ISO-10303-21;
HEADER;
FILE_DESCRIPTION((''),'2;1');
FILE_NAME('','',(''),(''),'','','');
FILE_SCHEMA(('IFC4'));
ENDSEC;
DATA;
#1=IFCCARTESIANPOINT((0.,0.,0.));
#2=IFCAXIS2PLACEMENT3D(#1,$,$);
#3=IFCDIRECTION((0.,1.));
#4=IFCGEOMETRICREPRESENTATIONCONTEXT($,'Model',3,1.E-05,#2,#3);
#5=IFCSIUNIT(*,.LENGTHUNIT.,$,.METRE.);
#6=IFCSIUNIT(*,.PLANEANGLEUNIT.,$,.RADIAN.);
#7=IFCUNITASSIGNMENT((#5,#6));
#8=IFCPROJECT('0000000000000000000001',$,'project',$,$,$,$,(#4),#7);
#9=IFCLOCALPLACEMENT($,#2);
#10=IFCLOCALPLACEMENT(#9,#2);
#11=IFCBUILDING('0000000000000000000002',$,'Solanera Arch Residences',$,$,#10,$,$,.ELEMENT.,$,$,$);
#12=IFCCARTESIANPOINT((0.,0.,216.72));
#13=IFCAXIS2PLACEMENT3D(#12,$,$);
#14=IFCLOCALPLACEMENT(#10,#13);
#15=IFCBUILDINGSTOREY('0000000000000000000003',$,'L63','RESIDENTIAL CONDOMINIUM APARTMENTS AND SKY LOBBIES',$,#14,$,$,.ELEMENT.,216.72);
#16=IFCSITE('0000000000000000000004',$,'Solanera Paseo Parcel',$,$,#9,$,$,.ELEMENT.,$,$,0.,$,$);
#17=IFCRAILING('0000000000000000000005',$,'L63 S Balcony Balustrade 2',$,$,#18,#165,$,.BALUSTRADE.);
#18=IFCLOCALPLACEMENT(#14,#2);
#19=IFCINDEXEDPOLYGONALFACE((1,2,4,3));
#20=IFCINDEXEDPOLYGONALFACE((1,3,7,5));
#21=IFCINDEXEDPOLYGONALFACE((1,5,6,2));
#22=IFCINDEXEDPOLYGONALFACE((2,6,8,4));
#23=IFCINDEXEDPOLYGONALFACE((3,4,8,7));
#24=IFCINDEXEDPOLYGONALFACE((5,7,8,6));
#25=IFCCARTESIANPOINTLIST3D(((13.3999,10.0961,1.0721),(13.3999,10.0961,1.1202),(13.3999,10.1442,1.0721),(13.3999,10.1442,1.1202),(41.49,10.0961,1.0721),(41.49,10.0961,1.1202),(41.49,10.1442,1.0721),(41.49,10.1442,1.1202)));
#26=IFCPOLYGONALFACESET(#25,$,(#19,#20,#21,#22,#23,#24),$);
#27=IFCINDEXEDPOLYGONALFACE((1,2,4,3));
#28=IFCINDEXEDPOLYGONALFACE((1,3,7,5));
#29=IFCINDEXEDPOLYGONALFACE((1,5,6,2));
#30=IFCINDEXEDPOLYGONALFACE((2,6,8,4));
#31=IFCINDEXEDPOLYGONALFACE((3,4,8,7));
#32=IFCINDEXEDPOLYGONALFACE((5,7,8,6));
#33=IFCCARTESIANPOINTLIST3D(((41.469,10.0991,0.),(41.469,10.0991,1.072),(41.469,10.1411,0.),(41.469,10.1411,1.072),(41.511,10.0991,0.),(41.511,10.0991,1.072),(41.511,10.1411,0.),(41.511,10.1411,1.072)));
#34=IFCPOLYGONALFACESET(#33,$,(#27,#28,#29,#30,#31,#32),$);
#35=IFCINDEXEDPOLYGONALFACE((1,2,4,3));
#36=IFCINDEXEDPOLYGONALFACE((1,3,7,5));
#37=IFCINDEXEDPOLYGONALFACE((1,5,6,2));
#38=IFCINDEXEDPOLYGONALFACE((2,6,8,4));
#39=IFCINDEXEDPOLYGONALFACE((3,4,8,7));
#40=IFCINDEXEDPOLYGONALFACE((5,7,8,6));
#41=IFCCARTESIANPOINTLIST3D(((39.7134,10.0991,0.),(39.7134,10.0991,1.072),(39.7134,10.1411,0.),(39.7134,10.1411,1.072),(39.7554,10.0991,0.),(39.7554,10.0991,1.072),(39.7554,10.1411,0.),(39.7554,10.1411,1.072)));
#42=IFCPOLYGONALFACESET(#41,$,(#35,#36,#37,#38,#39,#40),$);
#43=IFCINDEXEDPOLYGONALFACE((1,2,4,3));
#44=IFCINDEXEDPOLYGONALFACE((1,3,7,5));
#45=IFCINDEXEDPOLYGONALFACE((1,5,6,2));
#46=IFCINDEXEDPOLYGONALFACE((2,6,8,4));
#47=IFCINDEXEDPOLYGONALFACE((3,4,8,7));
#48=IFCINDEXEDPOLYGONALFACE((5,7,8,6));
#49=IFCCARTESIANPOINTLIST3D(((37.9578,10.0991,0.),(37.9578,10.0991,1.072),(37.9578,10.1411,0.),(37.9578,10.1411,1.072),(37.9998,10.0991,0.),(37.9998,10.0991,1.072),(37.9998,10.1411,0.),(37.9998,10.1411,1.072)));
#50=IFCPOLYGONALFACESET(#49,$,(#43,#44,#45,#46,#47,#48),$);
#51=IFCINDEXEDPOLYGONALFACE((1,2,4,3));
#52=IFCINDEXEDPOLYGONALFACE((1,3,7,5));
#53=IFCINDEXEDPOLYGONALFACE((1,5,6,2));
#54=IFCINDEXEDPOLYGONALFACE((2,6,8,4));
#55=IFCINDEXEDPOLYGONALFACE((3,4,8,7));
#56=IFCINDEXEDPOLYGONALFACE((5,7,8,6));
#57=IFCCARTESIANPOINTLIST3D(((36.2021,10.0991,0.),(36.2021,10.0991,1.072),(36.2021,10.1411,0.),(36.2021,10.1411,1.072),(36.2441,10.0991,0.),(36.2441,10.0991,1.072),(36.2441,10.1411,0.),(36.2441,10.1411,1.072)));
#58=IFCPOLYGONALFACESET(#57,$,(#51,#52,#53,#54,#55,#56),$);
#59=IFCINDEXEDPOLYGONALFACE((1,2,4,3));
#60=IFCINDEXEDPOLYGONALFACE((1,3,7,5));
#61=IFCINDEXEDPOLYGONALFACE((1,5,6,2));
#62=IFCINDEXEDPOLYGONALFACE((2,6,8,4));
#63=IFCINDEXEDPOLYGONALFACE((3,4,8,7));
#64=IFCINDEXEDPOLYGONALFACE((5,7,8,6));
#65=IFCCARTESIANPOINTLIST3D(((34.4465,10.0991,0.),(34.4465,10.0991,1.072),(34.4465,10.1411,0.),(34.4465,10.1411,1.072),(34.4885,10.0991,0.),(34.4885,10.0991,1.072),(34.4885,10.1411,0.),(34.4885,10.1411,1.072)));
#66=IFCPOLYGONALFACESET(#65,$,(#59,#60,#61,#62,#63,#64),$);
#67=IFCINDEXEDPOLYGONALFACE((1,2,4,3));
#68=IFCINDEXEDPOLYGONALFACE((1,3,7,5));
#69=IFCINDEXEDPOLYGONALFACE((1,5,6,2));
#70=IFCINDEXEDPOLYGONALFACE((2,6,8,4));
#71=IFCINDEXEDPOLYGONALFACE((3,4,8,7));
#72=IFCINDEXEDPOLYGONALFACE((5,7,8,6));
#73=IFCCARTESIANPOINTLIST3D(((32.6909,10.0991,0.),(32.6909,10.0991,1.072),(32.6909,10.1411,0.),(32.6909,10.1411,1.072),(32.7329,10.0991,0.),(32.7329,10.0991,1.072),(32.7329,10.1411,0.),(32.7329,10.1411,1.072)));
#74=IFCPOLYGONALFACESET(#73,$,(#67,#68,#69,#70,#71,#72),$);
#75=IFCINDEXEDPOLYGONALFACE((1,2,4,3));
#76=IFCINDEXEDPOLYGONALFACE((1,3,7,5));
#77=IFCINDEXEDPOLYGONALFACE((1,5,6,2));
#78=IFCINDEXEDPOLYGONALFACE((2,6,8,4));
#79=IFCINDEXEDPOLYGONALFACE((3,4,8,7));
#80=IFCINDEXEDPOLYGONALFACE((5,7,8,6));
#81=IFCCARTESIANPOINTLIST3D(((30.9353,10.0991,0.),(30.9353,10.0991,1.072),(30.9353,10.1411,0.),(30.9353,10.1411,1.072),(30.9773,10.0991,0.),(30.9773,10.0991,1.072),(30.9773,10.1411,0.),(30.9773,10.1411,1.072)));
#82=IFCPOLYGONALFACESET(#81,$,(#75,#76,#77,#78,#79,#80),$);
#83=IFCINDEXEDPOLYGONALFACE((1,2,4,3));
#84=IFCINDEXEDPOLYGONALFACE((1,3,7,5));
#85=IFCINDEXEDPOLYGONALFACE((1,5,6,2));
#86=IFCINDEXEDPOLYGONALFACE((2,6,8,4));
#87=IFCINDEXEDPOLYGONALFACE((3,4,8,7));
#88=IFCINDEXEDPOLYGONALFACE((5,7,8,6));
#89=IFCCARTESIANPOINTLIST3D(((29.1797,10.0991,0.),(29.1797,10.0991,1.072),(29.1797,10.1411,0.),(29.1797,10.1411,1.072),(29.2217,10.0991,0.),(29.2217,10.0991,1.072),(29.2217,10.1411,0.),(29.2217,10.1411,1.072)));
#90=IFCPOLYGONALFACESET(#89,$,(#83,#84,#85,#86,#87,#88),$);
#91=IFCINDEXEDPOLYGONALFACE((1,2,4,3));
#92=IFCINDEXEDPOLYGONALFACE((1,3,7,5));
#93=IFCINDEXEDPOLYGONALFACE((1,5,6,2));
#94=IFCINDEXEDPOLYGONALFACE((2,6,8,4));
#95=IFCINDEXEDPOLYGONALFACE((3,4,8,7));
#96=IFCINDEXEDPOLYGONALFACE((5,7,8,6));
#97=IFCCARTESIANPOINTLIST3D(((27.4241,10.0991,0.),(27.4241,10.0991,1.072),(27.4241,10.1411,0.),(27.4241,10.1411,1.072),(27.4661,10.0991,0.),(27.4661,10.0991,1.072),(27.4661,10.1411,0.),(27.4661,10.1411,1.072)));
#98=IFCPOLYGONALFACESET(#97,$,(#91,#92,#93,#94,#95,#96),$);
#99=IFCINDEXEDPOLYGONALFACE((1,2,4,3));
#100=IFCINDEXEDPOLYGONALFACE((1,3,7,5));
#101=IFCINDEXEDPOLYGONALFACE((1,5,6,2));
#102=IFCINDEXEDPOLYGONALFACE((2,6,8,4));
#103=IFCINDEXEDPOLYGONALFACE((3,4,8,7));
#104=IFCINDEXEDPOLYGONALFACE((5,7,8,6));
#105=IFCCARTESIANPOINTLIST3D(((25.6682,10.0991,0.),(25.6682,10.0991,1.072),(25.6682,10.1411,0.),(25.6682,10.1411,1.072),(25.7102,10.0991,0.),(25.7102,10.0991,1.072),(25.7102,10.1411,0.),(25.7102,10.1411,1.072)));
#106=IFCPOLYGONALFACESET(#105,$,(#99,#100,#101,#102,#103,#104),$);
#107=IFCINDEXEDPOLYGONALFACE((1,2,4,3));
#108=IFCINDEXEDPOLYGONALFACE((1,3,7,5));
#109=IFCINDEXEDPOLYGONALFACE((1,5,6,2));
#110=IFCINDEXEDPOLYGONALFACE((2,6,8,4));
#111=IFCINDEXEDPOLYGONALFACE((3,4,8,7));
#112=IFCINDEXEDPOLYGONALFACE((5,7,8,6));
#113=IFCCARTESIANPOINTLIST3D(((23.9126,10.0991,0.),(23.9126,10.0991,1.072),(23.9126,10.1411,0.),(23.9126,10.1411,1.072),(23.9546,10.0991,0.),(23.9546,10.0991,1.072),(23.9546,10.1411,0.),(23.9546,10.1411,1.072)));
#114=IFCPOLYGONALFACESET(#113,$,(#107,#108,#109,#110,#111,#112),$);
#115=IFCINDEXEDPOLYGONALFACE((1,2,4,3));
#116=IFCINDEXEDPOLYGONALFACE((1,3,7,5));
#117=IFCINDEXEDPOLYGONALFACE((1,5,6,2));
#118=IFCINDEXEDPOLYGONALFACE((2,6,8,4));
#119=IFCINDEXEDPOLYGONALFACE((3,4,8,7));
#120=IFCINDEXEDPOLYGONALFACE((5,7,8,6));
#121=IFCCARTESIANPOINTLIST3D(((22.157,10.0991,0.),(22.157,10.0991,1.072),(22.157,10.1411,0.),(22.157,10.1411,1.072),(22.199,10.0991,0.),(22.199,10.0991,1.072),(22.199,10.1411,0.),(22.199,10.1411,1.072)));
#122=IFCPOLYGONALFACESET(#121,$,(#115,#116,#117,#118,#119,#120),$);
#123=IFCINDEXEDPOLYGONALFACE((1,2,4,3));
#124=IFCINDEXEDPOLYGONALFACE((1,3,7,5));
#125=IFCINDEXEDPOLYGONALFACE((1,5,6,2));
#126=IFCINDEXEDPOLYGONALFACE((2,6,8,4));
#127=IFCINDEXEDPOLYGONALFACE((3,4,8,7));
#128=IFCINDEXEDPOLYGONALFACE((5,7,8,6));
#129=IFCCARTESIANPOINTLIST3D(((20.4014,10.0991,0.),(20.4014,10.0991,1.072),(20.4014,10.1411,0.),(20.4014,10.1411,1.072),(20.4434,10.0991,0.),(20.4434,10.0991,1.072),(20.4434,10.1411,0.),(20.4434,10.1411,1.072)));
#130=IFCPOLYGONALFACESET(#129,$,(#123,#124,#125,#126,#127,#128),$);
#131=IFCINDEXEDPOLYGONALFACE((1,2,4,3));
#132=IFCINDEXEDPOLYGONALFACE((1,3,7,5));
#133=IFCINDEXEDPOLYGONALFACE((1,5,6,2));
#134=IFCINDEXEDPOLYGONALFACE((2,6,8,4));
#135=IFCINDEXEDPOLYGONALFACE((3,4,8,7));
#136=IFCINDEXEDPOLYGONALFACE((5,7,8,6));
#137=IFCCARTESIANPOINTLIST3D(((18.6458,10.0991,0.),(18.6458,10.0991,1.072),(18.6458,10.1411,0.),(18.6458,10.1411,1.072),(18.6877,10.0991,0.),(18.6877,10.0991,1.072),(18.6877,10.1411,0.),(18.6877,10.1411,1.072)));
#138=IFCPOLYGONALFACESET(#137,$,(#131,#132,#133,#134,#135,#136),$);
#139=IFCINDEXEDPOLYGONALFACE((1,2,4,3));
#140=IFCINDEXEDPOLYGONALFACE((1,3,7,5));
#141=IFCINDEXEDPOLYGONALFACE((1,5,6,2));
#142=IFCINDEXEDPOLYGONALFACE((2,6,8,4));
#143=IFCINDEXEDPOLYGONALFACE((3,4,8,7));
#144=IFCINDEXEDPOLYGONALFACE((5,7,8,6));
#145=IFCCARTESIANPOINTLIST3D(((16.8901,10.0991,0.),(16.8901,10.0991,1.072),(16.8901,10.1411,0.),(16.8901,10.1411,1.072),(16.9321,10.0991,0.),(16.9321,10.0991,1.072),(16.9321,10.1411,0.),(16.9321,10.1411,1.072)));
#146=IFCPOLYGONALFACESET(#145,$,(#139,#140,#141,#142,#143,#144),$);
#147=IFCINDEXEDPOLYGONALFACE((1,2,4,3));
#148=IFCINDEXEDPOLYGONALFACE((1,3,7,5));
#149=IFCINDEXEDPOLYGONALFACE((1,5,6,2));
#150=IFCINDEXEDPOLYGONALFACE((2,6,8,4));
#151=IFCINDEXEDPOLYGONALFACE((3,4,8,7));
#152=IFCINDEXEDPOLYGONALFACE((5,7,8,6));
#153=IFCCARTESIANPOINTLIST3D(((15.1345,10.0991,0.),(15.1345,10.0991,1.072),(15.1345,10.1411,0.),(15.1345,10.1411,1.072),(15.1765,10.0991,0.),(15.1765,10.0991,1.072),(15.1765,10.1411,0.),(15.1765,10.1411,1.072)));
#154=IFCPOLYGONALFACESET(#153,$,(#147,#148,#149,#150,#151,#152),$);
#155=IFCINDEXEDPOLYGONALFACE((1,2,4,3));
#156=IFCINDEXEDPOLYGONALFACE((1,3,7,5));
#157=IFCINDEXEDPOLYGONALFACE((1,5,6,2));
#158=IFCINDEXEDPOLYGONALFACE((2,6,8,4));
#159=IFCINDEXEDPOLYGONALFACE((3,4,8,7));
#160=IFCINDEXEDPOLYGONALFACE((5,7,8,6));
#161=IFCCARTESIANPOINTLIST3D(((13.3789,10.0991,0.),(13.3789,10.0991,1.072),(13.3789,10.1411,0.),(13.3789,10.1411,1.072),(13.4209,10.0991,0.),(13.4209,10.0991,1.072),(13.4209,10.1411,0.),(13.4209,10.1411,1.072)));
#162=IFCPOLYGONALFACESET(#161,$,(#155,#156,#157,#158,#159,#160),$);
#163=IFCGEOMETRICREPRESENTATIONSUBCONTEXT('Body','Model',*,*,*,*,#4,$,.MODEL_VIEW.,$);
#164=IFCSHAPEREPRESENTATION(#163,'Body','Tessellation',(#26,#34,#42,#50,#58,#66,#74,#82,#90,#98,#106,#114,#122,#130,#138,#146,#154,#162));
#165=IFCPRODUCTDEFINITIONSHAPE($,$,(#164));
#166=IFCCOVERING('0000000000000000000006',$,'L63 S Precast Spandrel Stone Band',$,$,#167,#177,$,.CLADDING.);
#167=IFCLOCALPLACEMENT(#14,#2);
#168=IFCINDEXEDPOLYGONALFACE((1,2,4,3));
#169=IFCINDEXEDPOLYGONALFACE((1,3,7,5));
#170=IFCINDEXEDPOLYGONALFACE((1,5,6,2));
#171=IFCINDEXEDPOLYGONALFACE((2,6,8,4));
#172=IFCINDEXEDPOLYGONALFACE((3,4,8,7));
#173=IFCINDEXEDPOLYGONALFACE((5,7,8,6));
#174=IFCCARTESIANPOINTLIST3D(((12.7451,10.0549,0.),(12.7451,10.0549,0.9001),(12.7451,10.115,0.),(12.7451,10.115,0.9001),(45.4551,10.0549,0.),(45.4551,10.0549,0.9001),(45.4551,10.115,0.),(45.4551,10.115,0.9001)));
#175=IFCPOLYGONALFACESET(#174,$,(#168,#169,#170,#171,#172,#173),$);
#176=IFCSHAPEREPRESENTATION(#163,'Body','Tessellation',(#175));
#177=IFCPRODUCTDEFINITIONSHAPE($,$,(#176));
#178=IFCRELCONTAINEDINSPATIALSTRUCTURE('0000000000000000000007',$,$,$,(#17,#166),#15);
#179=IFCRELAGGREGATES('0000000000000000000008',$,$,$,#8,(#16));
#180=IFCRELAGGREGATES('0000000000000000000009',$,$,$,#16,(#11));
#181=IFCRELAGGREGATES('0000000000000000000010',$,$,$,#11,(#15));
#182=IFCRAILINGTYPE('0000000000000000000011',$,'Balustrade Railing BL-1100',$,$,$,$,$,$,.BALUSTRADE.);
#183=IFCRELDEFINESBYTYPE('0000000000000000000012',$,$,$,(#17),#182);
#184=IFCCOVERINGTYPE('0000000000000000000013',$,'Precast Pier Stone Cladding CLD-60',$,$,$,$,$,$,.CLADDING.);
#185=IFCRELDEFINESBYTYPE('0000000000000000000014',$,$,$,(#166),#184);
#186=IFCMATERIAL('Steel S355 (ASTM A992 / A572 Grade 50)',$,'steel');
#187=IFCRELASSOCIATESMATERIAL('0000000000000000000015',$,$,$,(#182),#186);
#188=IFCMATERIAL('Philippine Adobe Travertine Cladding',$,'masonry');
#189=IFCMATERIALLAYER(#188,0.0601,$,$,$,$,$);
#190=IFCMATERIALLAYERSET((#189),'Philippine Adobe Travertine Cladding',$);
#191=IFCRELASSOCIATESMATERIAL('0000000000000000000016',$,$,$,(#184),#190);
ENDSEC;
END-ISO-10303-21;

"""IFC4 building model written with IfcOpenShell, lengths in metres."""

from ifc_helpers import new_model, si_unit, direction, frame, frame_2d, origin, origin_2d, place, context, subcontext, project, spatial, rectangle, extrude, material, layer, layer_set, type_object, element, save


model = new_model("IFC4")

# Units and contexts
model_context = context("Model", 3, precision=1e-05, world=origin(), true_north=direction((0.0, 1.0)))
body_context = subcontext(model_context, "Body", "Model", "MODEL_VIEW")
ifc_project = project(units=[si_unit("LENGTHUNIT", "METRE"), si_unit("PLANEANGLEUNIT", "RADIAN")], contexts=[model_context])

# Site, building, storey
site_placement = place(None, origin())
site = spatial("IfcSite", under=ifc_project, at=site_placement, Name="Solanera Paseo Parcel", CompositionType="ELEMENT", RefElevation=0.0)
building_placement = place(site_placement, origin())
building = spatial("IfcBuilding", under=site, at=building_placement, Name="Solanera Arch Residences", CompositionType="ELEMENT")
storey_placement = place(building_placement, frame((0.0, 0.0, 216.72)))
storey = spatial("IfcBuildingStorey", under=building, at=storey_placement, Name="L63", Description="RESIDENTIAL CONDOMINIUM APARTMENTS AND SKY LOBBIES", CompositionType="ELEMENT", Elevation=216.72)

# Railing
ifc_material_1 = material(Name="Steel S355 (ASTM A992 / A572 Grade 50)", Category="steel")
railing_type = type_object("IfcRailingType", Name="Balustrade Railing BL-1100", PredefinedType="BALUSTRADE", material=ifc_material_1)
railing_placement = place(storey_placement, frame((41.49, 10.1201, 0.0)))
element("IfcRailing", 1, at=railing_placement, inside=storey, type_object=railing_type, Name="L63 S Balcony Balustrade 2", PredefinedType="BALUSTRADE", context=body_context, shape_type="SweptSolid", body=[
    extrude(rectangle(XDim=0.0481, YDim=0.0481, at=origin_2d()), frame((0.0, 0.0, 1.0962), z_axis=(-1.0, 0.0, 0.0), x_axis=(0.0, -1.0, 0.0)), (0.0, 0.0, 1.0), 28.0901),
    extrude(rectangle(XDim=0.042, YDim=0.042, at=origin_2d()), origin(), (0.0, 0.0, 1.0), 1.072),
    extrude(rectangle(XDim=0.042, YDim=0.042, at=origin_2d()), frame((-1.7556, 0.0, 0.0)), (0.0, 0.0, 1.0), 1.072),
    extrude(rectangle(XDim=0.042, YDim=0.042, at=origin_2d()), frame((-3.5112, 0.0, 0.0)), (0.0, 0.0, 1.0), 1.072),
    extrude(rectangle(XDim=0.042, YDim=0.042, at=origin_2d()), frame((-5.2668, 0.0, 0.0)), (0.0, 0.0, 1.0), 1.072),
    extrude(rectangle(XDim=0.042, YDim=0.042, at=origin_2d()), frame((-7.0225, 0.0, 0.0)), (0.0, 0.0, 1.0), 1.072),
    extrude(rectangle(XDim=0.042, YDim=0.042, at=origin_2d()), frame((-8.7781, 0.0, 0.0)), (0.0, 0.0, 1.0), 1.072),
    extrude(rectangle(XDim=0.042, YDim=0.042, at=origin_2d()), frame((-10.5337, 0.0, 0.0)), (0.0, 0.0, 1.0), 1.072),
    extrude(rectangle(XDim=0.042, YDim=0.042, at=origin_2d()), frame((-12.2893, 0.0, 0.0)), (0.0, 0.0, 1.0), 1.072),
    extrude(rectangle(XDim=0.042, YDim=0.042, at=origin_2d()), frame((-14.0449, 0.0, 0.0)), (0.0, 0.0, 1.0), 1.072),
    extrude(rectangle(XDim=0.042, YDim=0.042, at=origin_2d()), frame((-15.8008, 0.0, 0.0)), (0.0, 0.0, 1.0), 1.072),
    extrude(rectangle(XDim=0.042, YDim=0.042, at=origin_2d()), frame((-17.5564, 0.0, 0.0)), (0.0, 0.0, 1.0), 1.072),
    extrude(rectangle(XDim=0.042, YDim=0.042, at=origin_2d()), frame((-19.312, 0.0, 0.0)), (0.0, 0.0, 1.0), 1.072),
    extrude(rectangle(XDim=0.042, YDim=0.042, at=origin_2d()), frame((-21.0676, 0.0, 0.0)), (0.0, 0.0, 1.0), 1.072),
    extrude(rectangle(XDim=0.042, YDim=0.042, at=origin_2d()), frame((-22.8232, 0.0, 0.0)), (0.0, 0.0, 1.0), 1.072),
    extrude(rectangle(XDim=0.042, YDim=0.042, at=origin_2d()), frame((-24.5789, 0.0, 0.0)), (0.0, 0.0, 1.0), 1.072),
    extrude(rectangle(XDim=0.042, YDim=0.042, at=origin_2d()), frame((-26.3345, 0.0, 0.0)), (0.0, 0.0, 1.0), 1.072),
    extrude(rectangle(XDim=0.042, YDim=0.042, at=origin_2d()), frame((-28.0901, 0.0, 0.0)), (0.0, 0.0, 1.0), 1.072),
])

# Covering
ifc_material_2 = material(Name="Philippine Adobe Travertine Cladding", Category="masonry")
ifc_layer_1 = layer(ifc_material_2, 0.0601)
ifc_layer_set_1 = layer_set([ifc_layer_1], Name="Philippine Adobe Travertine Cladding")
covering_type = type_object("IfcCoveringType", Name="Precast Pier Stone Cladding CLD-60", PredefinedType="CLADDING", material=ifc_layer_set_1)
covering_placement = place(storey_placement, frame((45.4551, 10.085, 0.0), z_axis=(0.0, 0.0, 1.0), x_axis=(-1.0, 0.0, 0.0)))
element("IfcCovering", 2, at=covering_placement, inside=storey, type_object=covering_type, Name="L63 S Precast Spandrel Stone Band", PredefinedType="CLADDING", context=body_context, shape_type="SweptSolid", body=[
    extrude(rectangle(XDim=32.71, YDim=0.0601, at=frame_2d((16.355, 0.0))), origin(), (0.0, 0.0, 1.0), 0.9001),
])

save(model, "model.ifc")
